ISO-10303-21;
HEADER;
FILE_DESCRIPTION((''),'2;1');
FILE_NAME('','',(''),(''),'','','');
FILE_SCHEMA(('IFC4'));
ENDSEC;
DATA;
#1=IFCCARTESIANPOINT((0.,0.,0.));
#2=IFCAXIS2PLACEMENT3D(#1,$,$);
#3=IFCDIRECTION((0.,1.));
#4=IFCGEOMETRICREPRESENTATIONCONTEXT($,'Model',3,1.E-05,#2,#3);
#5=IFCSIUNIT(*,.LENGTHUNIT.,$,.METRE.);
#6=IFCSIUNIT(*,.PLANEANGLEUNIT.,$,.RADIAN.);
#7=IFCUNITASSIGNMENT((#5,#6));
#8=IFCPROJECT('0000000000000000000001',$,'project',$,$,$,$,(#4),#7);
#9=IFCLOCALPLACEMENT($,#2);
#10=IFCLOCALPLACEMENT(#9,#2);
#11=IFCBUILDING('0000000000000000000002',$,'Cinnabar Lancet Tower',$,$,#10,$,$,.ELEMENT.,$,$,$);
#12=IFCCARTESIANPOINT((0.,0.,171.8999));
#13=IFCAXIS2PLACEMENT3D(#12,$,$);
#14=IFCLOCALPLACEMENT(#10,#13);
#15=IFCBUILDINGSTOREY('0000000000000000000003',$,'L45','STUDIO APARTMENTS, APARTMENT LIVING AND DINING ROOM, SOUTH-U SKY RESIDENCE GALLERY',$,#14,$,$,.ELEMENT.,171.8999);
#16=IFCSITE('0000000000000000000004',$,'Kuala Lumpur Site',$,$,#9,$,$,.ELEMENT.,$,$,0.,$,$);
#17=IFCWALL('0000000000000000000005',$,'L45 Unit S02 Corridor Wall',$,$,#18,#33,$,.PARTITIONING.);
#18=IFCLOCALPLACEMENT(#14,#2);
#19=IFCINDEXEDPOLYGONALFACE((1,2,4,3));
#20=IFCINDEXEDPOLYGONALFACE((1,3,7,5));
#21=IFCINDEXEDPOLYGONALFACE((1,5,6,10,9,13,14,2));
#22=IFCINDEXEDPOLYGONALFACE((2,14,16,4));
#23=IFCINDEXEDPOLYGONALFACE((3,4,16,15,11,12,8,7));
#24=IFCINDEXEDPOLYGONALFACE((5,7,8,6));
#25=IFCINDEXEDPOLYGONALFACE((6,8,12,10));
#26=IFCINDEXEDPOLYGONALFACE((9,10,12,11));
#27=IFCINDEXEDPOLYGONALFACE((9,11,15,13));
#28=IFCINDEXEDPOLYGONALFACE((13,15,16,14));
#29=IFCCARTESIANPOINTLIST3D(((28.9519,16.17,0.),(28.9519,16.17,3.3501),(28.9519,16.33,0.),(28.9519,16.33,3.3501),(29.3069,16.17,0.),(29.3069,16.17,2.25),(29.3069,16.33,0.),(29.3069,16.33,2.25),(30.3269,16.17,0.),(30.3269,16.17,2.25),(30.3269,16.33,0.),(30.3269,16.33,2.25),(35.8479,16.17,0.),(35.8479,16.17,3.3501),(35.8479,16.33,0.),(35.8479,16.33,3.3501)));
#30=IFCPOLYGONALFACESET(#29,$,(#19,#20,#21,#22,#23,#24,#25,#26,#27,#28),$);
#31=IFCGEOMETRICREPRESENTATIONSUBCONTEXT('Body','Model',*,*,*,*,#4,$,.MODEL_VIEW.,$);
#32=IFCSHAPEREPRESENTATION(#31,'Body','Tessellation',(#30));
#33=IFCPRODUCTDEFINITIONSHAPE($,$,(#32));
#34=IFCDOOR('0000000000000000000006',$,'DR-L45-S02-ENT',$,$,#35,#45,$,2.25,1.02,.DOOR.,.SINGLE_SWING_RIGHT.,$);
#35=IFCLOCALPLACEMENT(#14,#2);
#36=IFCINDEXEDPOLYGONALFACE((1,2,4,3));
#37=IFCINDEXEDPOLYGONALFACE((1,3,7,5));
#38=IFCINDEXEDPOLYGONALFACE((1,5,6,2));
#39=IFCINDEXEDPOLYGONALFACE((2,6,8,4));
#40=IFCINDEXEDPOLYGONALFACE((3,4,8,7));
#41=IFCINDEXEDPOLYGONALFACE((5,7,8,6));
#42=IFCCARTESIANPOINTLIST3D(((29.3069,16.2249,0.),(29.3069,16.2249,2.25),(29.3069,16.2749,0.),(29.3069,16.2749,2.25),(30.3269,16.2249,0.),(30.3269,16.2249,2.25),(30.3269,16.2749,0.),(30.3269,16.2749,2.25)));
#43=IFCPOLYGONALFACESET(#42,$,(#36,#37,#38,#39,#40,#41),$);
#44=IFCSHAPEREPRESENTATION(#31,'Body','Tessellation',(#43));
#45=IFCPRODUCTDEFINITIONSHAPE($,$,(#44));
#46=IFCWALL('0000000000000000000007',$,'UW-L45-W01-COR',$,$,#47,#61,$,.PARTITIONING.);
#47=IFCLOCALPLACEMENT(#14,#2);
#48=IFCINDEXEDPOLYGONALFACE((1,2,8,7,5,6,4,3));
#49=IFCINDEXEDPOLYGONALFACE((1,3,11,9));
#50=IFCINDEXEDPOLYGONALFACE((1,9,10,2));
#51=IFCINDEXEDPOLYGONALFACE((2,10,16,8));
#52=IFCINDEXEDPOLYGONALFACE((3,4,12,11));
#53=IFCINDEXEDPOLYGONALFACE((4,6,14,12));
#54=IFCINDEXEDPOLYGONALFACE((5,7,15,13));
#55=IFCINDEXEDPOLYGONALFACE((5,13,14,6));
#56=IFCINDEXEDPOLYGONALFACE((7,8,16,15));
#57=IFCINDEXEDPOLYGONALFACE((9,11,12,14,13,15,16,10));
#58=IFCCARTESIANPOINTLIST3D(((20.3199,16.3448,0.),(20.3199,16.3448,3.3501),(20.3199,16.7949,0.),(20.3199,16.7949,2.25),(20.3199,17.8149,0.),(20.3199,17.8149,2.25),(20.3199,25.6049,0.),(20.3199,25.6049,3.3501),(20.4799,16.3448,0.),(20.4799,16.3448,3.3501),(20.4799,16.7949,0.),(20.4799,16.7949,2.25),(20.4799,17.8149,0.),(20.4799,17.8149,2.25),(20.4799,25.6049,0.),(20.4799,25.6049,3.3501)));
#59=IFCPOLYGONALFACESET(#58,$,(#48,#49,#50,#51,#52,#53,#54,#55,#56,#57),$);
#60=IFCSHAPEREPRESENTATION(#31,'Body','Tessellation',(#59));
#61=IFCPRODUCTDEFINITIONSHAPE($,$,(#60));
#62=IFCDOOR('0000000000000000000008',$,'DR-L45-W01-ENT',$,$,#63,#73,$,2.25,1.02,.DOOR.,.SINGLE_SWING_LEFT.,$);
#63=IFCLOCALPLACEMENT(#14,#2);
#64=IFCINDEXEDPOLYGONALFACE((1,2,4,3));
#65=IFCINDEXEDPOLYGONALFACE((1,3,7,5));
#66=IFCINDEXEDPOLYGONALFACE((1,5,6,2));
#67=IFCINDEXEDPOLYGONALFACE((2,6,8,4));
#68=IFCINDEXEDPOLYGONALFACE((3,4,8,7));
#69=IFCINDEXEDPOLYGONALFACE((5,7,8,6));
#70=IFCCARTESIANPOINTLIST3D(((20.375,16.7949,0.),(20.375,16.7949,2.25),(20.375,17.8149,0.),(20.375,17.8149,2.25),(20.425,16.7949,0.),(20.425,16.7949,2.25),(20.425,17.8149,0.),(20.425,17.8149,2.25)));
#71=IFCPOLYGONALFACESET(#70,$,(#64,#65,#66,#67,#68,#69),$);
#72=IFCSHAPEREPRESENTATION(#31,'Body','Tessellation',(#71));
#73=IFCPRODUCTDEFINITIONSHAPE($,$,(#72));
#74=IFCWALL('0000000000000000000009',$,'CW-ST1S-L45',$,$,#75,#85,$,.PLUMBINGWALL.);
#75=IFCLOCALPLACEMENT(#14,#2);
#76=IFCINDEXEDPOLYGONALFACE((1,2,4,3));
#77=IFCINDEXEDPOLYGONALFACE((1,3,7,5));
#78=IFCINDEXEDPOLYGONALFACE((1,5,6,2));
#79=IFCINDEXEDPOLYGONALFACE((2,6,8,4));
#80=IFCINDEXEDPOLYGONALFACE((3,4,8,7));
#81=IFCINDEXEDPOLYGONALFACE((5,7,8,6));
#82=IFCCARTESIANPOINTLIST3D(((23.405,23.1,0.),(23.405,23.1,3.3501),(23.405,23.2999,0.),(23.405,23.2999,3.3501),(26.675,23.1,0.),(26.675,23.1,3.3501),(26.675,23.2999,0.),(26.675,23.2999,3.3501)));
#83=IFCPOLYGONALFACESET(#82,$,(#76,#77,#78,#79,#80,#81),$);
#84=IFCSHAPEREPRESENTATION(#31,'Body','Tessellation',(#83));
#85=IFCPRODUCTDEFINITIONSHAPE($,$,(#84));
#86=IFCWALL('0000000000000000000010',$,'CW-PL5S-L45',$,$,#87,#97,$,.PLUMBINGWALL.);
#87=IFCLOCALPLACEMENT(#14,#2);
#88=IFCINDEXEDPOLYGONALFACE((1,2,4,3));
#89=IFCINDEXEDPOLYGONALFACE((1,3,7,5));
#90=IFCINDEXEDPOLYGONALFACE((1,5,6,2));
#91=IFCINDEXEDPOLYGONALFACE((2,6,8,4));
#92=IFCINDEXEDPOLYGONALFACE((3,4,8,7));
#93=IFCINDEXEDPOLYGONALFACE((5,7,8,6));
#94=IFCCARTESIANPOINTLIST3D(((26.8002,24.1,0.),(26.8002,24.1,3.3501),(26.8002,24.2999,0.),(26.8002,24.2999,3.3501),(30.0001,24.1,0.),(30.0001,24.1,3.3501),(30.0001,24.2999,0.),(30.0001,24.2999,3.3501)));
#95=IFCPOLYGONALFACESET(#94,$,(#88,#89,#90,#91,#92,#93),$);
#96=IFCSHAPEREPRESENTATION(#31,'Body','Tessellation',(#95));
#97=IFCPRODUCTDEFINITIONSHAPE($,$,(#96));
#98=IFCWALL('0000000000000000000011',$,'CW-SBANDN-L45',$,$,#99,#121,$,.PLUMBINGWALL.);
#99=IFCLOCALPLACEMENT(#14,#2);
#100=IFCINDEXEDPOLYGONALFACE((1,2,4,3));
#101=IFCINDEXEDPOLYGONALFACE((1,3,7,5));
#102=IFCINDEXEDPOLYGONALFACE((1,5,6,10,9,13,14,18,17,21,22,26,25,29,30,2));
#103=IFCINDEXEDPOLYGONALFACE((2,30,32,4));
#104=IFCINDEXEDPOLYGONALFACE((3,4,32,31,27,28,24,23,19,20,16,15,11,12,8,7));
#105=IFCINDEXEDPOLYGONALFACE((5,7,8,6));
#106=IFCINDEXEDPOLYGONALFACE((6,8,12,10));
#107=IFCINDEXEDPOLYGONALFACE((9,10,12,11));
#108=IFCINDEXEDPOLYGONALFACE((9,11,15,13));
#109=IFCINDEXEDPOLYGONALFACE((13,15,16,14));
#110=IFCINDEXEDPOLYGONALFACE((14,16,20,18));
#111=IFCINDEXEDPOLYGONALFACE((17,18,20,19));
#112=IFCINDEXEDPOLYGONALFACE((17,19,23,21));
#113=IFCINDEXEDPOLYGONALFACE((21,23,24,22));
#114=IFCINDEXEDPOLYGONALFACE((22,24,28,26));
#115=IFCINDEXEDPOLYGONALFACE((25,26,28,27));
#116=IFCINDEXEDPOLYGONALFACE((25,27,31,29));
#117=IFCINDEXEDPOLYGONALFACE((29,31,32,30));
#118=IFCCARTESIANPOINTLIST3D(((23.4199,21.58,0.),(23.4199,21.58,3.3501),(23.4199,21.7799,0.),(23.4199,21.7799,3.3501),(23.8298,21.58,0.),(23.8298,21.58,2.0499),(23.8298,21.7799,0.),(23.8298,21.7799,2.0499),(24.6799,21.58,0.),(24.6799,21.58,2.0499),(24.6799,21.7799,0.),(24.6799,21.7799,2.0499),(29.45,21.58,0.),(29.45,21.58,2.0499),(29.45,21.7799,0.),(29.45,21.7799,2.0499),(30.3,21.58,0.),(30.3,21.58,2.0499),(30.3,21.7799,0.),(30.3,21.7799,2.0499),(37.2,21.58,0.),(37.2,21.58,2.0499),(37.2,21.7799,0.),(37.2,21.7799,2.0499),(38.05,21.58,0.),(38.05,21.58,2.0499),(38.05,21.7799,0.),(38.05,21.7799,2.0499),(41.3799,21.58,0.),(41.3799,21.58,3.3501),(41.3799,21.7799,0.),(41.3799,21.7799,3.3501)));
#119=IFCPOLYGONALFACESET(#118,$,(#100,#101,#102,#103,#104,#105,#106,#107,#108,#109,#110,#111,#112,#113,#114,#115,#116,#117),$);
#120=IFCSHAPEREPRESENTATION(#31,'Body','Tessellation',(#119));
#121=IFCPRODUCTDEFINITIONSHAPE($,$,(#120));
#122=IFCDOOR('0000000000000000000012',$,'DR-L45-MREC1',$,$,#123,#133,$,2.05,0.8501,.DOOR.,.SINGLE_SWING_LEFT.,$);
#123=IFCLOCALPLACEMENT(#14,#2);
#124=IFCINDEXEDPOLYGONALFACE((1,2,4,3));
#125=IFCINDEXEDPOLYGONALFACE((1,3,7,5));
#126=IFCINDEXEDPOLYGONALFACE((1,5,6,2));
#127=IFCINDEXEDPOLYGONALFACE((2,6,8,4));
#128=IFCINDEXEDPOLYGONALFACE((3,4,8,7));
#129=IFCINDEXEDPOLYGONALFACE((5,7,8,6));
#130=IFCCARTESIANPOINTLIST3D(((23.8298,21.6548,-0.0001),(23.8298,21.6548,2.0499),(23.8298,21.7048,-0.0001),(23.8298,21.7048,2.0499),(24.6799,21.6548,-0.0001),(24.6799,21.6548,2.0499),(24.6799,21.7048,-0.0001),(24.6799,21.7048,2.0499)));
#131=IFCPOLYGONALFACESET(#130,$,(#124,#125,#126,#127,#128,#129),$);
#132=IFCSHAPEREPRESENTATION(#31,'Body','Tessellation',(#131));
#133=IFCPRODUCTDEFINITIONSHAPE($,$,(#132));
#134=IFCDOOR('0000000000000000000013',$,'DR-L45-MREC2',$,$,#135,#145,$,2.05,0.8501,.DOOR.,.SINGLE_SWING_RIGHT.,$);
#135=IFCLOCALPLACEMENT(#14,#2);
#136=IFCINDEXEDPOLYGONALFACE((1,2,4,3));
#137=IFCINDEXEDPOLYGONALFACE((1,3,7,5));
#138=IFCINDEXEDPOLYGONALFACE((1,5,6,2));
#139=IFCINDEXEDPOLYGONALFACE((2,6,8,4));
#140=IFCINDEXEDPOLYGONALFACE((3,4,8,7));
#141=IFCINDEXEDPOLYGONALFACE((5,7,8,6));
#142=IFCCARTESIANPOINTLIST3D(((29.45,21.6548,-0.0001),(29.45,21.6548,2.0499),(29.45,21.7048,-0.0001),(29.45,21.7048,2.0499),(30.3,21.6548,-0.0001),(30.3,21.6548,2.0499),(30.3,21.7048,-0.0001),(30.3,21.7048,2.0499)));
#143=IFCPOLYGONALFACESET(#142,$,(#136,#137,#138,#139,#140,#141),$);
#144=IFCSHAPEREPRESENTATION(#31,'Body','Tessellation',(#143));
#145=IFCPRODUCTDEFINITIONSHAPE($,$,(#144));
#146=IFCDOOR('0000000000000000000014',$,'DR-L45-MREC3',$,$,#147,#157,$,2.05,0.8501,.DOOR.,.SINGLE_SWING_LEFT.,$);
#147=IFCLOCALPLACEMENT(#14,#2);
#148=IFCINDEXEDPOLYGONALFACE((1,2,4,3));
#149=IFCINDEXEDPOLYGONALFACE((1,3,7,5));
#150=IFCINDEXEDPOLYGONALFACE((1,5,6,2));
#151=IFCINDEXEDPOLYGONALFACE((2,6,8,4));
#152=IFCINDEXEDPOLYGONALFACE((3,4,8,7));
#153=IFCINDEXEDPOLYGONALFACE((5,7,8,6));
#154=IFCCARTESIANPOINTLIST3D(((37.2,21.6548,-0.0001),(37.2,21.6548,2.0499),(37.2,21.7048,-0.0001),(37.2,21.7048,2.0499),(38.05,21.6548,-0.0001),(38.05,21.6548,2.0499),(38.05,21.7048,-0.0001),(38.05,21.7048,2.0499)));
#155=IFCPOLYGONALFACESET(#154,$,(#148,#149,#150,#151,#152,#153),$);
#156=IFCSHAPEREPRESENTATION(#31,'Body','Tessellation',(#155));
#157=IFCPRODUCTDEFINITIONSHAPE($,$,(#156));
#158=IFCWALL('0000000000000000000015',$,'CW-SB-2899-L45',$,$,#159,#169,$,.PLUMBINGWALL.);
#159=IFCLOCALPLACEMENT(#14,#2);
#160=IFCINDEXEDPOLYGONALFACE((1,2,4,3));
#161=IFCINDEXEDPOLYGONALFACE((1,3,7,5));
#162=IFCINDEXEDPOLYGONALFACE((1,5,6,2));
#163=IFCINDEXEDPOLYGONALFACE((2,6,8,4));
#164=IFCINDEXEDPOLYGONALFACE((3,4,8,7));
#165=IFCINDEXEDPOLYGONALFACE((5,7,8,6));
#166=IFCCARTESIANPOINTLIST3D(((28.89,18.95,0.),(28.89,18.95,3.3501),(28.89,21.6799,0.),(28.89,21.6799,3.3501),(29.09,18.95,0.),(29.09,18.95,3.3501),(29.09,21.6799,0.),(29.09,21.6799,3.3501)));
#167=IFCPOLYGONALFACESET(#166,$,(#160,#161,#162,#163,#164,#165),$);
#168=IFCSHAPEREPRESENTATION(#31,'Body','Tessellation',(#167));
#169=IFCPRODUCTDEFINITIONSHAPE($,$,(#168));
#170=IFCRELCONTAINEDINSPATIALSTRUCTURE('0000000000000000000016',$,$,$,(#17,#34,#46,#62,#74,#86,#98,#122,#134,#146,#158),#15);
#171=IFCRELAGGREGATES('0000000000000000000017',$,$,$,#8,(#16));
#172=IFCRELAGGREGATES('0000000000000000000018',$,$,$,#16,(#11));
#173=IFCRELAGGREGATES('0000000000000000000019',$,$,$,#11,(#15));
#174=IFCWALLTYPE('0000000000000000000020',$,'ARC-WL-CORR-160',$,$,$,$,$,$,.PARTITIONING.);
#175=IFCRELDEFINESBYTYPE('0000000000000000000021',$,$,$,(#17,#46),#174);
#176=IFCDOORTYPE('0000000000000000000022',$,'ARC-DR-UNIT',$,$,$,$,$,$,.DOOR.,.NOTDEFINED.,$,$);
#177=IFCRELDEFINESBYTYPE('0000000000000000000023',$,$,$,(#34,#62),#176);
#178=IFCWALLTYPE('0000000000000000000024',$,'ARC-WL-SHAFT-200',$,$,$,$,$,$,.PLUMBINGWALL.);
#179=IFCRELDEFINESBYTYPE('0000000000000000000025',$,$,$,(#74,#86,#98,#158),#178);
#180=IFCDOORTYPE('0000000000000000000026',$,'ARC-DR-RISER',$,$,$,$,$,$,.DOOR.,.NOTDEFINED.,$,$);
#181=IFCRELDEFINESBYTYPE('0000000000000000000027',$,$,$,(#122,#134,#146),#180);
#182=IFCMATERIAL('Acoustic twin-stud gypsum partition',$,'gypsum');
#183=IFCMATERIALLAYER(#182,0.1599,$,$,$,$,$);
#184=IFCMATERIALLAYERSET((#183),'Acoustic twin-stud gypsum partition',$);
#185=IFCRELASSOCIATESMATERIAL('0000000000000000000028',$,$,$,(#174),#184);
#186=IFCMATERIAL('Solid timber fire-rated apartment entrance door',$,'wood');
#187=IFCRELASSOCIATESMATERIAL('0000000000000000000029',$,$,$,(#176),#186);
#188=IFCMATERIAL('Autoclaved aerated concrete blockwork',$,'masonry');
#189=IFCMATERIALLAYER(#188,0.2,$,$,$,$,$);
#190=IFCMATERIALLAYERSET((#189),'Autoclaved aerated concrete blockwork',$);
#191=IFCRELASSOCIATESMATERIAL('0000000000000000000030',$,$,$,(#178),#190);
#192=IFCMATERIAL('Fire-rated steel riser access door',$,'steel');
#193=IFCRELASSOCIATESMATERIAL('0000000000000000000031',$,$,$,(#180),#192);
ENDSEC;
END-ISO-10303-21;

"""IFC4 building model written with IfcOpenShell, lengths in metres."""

from ifc_helpers import new_model, si_unit, direction, frame, frame_2d, origin, place, context, subcontext, project, spatial, rectangle, extrude, material, layer, layer_set, type_object, element, fill, save


model = new_model("IFC4")

# Units and contexts
model_context = context("Model", 3, precision=1e-05, world=origin(), true_north=direction((0.0, 1.0)))
body_context = subcontext(model_context, "Body", "Model", "MODEL_VIEW")
ifc_project = project(units=[si_unit("LENGTHUNIT", "METRE"), si_unit("PLANEANGLEUNIT", "RADIAN")], contexts=[model_context])

# Site, building, storey
site_placement = place(None, origin())
site = spatial("IfcSite", under=ifc_project, at=site_placement, Name="Kuala Lumpur Site", CompositionType="ELEMENT", RefElevation=0.0)
building_placement = place(site_placement, origin())
building = spatial("IfcBuilding", under=site, at=building_placement, Name="Cinnabar Lancet Tower", CompositionType="ELEMENT")
storey_placement = place(building_placement, frame((0.0, 0.0, 171.8999)))
storey = spatial("IfcBuildingStorey", under=building, at=storey_placement, Name="L45", Description="STUDIO APARTMENTS, APARTMENT LIVING AND DINING ROOM, SOUTH-U SKY RESIDENCE GALLERY", CompositionType="ELEMENT", Elevation=171.8999)

# Walls, openings, doors
ifc_material_1 = material(Name="Acoustic twin-stud gypsum partition", Category="gypsum")
ifc_layer_1 = layer(ifc_material_1, 0.1599)
ifc_layer_set_1 = layer_set([ifc_layer_1], Name="Acoustic twin-stud gypsum partition")
wall_type_1 = type_object("IfcWallType", Name="ARC-WL-CORR-160", PredefinedType="PARTITIONING", material=ifc_layer_set_1)
ifc_material_2 = material(Name="Solid timber fire-rated apartment entrance door", Category="wood")
door_type_1 = type_object("IfcDoorType", Name="ARC-DR-UNIT", OperationType="NOTDEFINED", PredefinedType="DOOR", material=ifc_material_2)
wall_1_placement = place(storey_placement, frame((28.9519, 16.25, 0.0), z_axis=(0.0, 0.0, 1.0), x_axis=(1.0, 0.0, 0.0)))
wall_1 = element("IfcWall", 1, at=wall_1_placement, inside=storey, type_object=wall_type_1, Name="L45 Unit S02 Corridor Wall", PredefinedType="PARTITIONING", context=body_context, shape_type="SweptSolid", body=[
    extrude(rectangle(XDim=6.896, YDim=0.1599, at=frame_2d((3.448, 0.0))), origin(), (0.0, 0.0, 1.0), 3.3501),
])
opening_1_placement = place(wall_1_placement, frame((0.355, 0.0, 0.0)))
opening_1 = element("IfcOpeningElement", 2, at=opening_1_placement, cuts=wall_1, PredefinedType="OPENING", context=body_context, shape_type="SweptSolid", body=[
    extrude(rectangle(XDim=1.02, YDim=2.25, at=frame_2d((0.51, 1.125))), frame((0.0, 0.0898, 0.0), z_axis=(0.0, -1.0, 0.0), x_axis=(1.0, 0.0, 0.0)), (0.0, 0.0, 1.0), 0.1799),
])
door_1_placement = place(opening_1_placement, origin())
door_1 = element("IfcDoor", 3, at=door_1_placement, inside=storey, type_object=door_type_1, Name="DR-L45-S02-ENT", OperationType="SINGLE_SWING_RIGHT", OverallHeight=2.25, OverallWidth=1.02, PredefinedType="DOOR", context=body_context, shape_type="SweptSolid", body=[
    extrude(rectangle(XDim=1.02, YDim=2.25, at=frame_2d((0.51, 1.125))), frame((0.0, 0.0249, 0.0), z_axis=(0.0, -1.0, 0.0), x_axis=(1.0, 0.0, 0.0)), (0.0, 0.0, 1.0), 0.05),
])
fill(opening_1, door_1)
wall_2_placement = place(storey_placement, frame((20.3999, 16.345, 0.0), z_axis=(0.0, 0.0, 1.0), x_axis=(0.0, 1.0, 0.0)))
wall_2 = element("IfcWall", 4, at=wall_2_placement, inside=storey, type_object=wall_type_1, Name="UW-L45-W01-COR", PredefinedType="PARTITIONING", context=body_context, shape_type="SweptSolid", body=[
    extrude(rectangle(XDim=9.26, YDim=0.1599, at=frame_2d((4.6299, 0.0))), origin(), (0.0, 0.0, 1.0), 3.3501),
])
opening_2_placement = place(wall_2_placement, frame((0.45, 0.0, 0.0)))
opening_2 = element("IfcOpeningElement", 5, at=opening_2_placement, cuts=wall_2, PredefinedType="OPENING", context=body_context, shape_type="SweptSolid", body=[
    extrude(rectangle(XDim=1.02, YDim=2.25, at=frame_2d((0.51, 1.125))), frame((0.0, 0.0898, 0.0), z_axis=(0.0, -1.0, 0.0), x_axis=(1.0, 0.0, 0.0)), (0.0, 0.0, 1.0), 0.1799),
])
door_2_placement = place(opening_2_placement, origin())
door_2 = element("IfcDoor", 6, at=door_2_placement, inside=storey, type_object=door_type_1, Name="DR-L45-W01-ENT", OperationType="SINGLE_SWING_LEFT", OverallHeight=2.25, OverallWidth=1.02, PredefinedType="DOOR", context=body_context, shape_type="SweptSolid", body=[
    extrude(rectangle(XDim=1.02, YDim=2.25, at=frame_2d((0.51, 1.125))), frame((0.0, 0.0249, 0.0), z_axis=(0.0, -1.0, 0.0), x_axis=(1.0, 0.0, 0.0)), (0.0, 0.0, 1.0), 0.05),
])
fill(opening_2, door_2)

# Walls
ifc_material_3 = material(Name="Autoclaved aerated concrete blockwork", Category="masonry")
ifc_layer_2 = layer(ifc_material_3, 0.2)
ifc_layer_set_2 = layer_set([ifc_layer_2], Name="Autoclaved aerated concrete blockwork")
wall_type_2 = type_object("IfcWallType", Name="ARC-WL-SHAFT-200", PredefinedType="PLUMBINGWALL", material=ifc_layer_set_2)
wall_3_placement = place(storey_placement, frame((23.405, 23.2, 0.0), z_axis=(0.0, 0.0, 1.0), x_axis=(1.0, 0.0, 0.0)))
element("IfcWall", 7, at=wall_3_placement, inside=storey, type_object=wall_type_2, Name="CW-ST1S-L45", PredefinedType="PLUMBINGWALL", context=body_context, shape_type="SweptSolid", body=[
    extrude(rectangle(XDim=3.27, YDim=0.2, at=frame_2d((1.635, 0.0))), origin(), (0.0, 0.0, 1.0), 3.3501),
])
wall_4_placement = place(storey_placement, frame((26.8, 24.2, 0.0), z_axis=(0.0, 0.0, 1.0), x_axis=(1.0, 0.0, 0.0)))
element("IfcWall", 8, at=wall_4_placement, inside=storey, type_object=wall_type_2, Name="CW-PL5S-L45", PredefinedType="PLUMBINGWALL", context=body_context, shape_type="SweptSolid", body=[
    extrude(rectangle(XDim=3.2, YDim=0.2, at=frame_2d((1.6001, 0.0))), origin(), (0.0, 0.0, 1.0), 3.3501),
])

# Wall, openings, doors
wall_5_placement = place(storey_placement, frame((23.4199, 21.6799, 0.0), z_axis=(0.0, 0.0, 1.0), x_axis=(1.0, 0.0, 0.0)))
wall_5 = element("IfcWall", 9, at=wall_5_placement, inside=storey, type_object=wall_type_2, Name="CW-SBANDN-L45", PredefinedType="PLUMBINGWALL", context=body_context, shape_type="SweptSolid", body=[
    extrude(rectangle(XDim=17.96, YDim=0.2, at=frame_2d((8.98, 0.0))), origin(), (0.0, 0.0, 1.0), 3.3501),
])
opening_3_placement = place(wall_5_placement, frame((0.4099, 0.0, 0.0)))
opening_3 = element("IfcOpeningElement", 10, at=opening_3_placement, cuts=wall_5, PredefinedType="OPENING", context=body_context, shape_type="SweptSolid", body=[
    extrude(rectangle(XDim=0.8501, YDim=2.05, at=frame_2d((0.425, 1.0249))), frame((0.0, 0.1099, 0.0), z_axis=(0.0, -1.0, 0.0), x_axis=(1.0, 0.0, 0.0)), (0.0, 0.0, 1.0), 0.22),
])
opening_4_placement = place(wall_5_placement, frame((6.03, 0.0, 0.0)))
opening_4 = element("IfcOpeningElement", 11, at=opening_4_placement, cuts=wall_5, PredefinedType="OPENING", context=body_context, shape_type="SweptSolid", body=[
    extrude(rectangle(XDim=0.8501, YDim=2.05, at=frame_2d((0.425, 1.0249))), frame((0.0, 0.1099, 0.0), z_axis=(0.0, -1.0, 0.0), x_axis=(1.0, 0.0, 0.0)), (0.0, 0.0, 1.0), 0.22),
])
opening_5_placement = place(wall_5_placement, frame((13.78, 0.0, 0.0)))
opening_5 = element("IfcOpeningElement", 12, at=opening_5_placement, cuts=wall_5, PredefinedType="OPENING", context=body_context, shape_type="SweptSolid", body=[
    extrude(rectangle(XDim=0.8501, YDim=2.05, at=frame_2d((0.425, 1.0249))), frame((0.0, 0.1099, 0.0), z_axis=(0.0, -1.0, 0.0), x_axis=(1.0, 0.0, 0.0)), (0.0, 0.0, 1.0), 0.22),
])
ifc_material_4 = material(Name="Fire-rated steel riser access door", Category="steel")
door_type_2 = type_object("IfcDoorType", Name="ARC-DR-RISER", OperationType="NOTDEFINED", PredefinedType="DOOR", material=ifc_material_4)
door_3_placement = place(opening_3_placement, origin())
door_3 = element("IfcDoor", 13, at=door_3_placement, inside=storey, type_object=door_type_2, Name="DR-L45-MREC1", OperationType="SINGLE_SWING_LEFT", OverallHeight=2.05, OverallWidth=0.8501, PredefinedType="DOOR", context=body_context, shape_type="SweptSolid", body=[
    extrude(rectangle(XDim=0.8501, YDim=2.05, at=frame_2d((0.425, 1.0249))), frame((0.0, 0.0249, 0.0), z_axis=(0.0, -1.0, 0.0), x_axis=(1.0, 0.0, 0.0)), (0.0, 0.0, 1.0), 0.05),
])
fill(opening_3, door_3)
door_4_placement = place(opening_4_placement, origin())
door_4 = element("IfcDoor", 14, at=door_4_placement, inside=storey, type_object=door_type_2, Name="DR-L45-MREC2", OperationType="SINGLE_SWING_RIGHT", OverallHeight=2.05, OverallWidth=0.8501, PredefinedType="DOOR", context=body_context, shape_type="SweptSolid", body=[
    extrude(rectangle(XDim=0.8501, YDim=2.05, at=frame_2d((0.425, 1.0249))), frame((0.0, 0.0249, 0.0), z_axis=(0.0, -1.0, 0.0), x_axis=(1.0, 0.0, 0.0)), (0.0, 0.0, 1.0), 0.05),
])
fill(opening_4, door_4)
door_5_placement = place(opening_5_placement, origin())
door_5 = element("IfcDoor", 15, at=door_5_placement, inside=storey, type_object=door_type_2, Name="DR-L45-MREC3", OperationType="SINGLE_SWING_LEFT", OverallHeight=2.05, OverallWidth=0.8501, PredefinedType="DOOR", context=body_context, shape_type="SweptSolid", body=[
    extrude(rectangle(XDim=0.8501, YDim=2.05, at=frame_2d((0.425, 1.0249))), frame((0.0, 0.0249, 0.0), z_axis=(0.0, -1.0, 0.0), x_axis=(1.0, 0.0, 0.0)), (0.0, 0.0, 1.0), 0.05),
])
fill(opening_5, door_5)

# Wall
wall_6_placement = place(storey_placement, frame((28.99, 18.95, 0.0), z_axis=(0.0, 0.0, 1.0), x_axis=(0.0, 1.0, 0.0)))
element("IfcWall", 16, at=wall_6_placement, inside=storey, type_object=wall_type_2, Name="CW-SB-2899-L45", PredefinedType="PLUMBINGWALL", context=body_context, shape_type="SweptSolid", body=[
    extrude(rectangle(XDim=2.73, YDim=0.2, at=frame_2d((1.365, 0.0))), origin(), (0.0, 0.0, 1.0), 3.3501),
])

save(model, "model.ifc")
